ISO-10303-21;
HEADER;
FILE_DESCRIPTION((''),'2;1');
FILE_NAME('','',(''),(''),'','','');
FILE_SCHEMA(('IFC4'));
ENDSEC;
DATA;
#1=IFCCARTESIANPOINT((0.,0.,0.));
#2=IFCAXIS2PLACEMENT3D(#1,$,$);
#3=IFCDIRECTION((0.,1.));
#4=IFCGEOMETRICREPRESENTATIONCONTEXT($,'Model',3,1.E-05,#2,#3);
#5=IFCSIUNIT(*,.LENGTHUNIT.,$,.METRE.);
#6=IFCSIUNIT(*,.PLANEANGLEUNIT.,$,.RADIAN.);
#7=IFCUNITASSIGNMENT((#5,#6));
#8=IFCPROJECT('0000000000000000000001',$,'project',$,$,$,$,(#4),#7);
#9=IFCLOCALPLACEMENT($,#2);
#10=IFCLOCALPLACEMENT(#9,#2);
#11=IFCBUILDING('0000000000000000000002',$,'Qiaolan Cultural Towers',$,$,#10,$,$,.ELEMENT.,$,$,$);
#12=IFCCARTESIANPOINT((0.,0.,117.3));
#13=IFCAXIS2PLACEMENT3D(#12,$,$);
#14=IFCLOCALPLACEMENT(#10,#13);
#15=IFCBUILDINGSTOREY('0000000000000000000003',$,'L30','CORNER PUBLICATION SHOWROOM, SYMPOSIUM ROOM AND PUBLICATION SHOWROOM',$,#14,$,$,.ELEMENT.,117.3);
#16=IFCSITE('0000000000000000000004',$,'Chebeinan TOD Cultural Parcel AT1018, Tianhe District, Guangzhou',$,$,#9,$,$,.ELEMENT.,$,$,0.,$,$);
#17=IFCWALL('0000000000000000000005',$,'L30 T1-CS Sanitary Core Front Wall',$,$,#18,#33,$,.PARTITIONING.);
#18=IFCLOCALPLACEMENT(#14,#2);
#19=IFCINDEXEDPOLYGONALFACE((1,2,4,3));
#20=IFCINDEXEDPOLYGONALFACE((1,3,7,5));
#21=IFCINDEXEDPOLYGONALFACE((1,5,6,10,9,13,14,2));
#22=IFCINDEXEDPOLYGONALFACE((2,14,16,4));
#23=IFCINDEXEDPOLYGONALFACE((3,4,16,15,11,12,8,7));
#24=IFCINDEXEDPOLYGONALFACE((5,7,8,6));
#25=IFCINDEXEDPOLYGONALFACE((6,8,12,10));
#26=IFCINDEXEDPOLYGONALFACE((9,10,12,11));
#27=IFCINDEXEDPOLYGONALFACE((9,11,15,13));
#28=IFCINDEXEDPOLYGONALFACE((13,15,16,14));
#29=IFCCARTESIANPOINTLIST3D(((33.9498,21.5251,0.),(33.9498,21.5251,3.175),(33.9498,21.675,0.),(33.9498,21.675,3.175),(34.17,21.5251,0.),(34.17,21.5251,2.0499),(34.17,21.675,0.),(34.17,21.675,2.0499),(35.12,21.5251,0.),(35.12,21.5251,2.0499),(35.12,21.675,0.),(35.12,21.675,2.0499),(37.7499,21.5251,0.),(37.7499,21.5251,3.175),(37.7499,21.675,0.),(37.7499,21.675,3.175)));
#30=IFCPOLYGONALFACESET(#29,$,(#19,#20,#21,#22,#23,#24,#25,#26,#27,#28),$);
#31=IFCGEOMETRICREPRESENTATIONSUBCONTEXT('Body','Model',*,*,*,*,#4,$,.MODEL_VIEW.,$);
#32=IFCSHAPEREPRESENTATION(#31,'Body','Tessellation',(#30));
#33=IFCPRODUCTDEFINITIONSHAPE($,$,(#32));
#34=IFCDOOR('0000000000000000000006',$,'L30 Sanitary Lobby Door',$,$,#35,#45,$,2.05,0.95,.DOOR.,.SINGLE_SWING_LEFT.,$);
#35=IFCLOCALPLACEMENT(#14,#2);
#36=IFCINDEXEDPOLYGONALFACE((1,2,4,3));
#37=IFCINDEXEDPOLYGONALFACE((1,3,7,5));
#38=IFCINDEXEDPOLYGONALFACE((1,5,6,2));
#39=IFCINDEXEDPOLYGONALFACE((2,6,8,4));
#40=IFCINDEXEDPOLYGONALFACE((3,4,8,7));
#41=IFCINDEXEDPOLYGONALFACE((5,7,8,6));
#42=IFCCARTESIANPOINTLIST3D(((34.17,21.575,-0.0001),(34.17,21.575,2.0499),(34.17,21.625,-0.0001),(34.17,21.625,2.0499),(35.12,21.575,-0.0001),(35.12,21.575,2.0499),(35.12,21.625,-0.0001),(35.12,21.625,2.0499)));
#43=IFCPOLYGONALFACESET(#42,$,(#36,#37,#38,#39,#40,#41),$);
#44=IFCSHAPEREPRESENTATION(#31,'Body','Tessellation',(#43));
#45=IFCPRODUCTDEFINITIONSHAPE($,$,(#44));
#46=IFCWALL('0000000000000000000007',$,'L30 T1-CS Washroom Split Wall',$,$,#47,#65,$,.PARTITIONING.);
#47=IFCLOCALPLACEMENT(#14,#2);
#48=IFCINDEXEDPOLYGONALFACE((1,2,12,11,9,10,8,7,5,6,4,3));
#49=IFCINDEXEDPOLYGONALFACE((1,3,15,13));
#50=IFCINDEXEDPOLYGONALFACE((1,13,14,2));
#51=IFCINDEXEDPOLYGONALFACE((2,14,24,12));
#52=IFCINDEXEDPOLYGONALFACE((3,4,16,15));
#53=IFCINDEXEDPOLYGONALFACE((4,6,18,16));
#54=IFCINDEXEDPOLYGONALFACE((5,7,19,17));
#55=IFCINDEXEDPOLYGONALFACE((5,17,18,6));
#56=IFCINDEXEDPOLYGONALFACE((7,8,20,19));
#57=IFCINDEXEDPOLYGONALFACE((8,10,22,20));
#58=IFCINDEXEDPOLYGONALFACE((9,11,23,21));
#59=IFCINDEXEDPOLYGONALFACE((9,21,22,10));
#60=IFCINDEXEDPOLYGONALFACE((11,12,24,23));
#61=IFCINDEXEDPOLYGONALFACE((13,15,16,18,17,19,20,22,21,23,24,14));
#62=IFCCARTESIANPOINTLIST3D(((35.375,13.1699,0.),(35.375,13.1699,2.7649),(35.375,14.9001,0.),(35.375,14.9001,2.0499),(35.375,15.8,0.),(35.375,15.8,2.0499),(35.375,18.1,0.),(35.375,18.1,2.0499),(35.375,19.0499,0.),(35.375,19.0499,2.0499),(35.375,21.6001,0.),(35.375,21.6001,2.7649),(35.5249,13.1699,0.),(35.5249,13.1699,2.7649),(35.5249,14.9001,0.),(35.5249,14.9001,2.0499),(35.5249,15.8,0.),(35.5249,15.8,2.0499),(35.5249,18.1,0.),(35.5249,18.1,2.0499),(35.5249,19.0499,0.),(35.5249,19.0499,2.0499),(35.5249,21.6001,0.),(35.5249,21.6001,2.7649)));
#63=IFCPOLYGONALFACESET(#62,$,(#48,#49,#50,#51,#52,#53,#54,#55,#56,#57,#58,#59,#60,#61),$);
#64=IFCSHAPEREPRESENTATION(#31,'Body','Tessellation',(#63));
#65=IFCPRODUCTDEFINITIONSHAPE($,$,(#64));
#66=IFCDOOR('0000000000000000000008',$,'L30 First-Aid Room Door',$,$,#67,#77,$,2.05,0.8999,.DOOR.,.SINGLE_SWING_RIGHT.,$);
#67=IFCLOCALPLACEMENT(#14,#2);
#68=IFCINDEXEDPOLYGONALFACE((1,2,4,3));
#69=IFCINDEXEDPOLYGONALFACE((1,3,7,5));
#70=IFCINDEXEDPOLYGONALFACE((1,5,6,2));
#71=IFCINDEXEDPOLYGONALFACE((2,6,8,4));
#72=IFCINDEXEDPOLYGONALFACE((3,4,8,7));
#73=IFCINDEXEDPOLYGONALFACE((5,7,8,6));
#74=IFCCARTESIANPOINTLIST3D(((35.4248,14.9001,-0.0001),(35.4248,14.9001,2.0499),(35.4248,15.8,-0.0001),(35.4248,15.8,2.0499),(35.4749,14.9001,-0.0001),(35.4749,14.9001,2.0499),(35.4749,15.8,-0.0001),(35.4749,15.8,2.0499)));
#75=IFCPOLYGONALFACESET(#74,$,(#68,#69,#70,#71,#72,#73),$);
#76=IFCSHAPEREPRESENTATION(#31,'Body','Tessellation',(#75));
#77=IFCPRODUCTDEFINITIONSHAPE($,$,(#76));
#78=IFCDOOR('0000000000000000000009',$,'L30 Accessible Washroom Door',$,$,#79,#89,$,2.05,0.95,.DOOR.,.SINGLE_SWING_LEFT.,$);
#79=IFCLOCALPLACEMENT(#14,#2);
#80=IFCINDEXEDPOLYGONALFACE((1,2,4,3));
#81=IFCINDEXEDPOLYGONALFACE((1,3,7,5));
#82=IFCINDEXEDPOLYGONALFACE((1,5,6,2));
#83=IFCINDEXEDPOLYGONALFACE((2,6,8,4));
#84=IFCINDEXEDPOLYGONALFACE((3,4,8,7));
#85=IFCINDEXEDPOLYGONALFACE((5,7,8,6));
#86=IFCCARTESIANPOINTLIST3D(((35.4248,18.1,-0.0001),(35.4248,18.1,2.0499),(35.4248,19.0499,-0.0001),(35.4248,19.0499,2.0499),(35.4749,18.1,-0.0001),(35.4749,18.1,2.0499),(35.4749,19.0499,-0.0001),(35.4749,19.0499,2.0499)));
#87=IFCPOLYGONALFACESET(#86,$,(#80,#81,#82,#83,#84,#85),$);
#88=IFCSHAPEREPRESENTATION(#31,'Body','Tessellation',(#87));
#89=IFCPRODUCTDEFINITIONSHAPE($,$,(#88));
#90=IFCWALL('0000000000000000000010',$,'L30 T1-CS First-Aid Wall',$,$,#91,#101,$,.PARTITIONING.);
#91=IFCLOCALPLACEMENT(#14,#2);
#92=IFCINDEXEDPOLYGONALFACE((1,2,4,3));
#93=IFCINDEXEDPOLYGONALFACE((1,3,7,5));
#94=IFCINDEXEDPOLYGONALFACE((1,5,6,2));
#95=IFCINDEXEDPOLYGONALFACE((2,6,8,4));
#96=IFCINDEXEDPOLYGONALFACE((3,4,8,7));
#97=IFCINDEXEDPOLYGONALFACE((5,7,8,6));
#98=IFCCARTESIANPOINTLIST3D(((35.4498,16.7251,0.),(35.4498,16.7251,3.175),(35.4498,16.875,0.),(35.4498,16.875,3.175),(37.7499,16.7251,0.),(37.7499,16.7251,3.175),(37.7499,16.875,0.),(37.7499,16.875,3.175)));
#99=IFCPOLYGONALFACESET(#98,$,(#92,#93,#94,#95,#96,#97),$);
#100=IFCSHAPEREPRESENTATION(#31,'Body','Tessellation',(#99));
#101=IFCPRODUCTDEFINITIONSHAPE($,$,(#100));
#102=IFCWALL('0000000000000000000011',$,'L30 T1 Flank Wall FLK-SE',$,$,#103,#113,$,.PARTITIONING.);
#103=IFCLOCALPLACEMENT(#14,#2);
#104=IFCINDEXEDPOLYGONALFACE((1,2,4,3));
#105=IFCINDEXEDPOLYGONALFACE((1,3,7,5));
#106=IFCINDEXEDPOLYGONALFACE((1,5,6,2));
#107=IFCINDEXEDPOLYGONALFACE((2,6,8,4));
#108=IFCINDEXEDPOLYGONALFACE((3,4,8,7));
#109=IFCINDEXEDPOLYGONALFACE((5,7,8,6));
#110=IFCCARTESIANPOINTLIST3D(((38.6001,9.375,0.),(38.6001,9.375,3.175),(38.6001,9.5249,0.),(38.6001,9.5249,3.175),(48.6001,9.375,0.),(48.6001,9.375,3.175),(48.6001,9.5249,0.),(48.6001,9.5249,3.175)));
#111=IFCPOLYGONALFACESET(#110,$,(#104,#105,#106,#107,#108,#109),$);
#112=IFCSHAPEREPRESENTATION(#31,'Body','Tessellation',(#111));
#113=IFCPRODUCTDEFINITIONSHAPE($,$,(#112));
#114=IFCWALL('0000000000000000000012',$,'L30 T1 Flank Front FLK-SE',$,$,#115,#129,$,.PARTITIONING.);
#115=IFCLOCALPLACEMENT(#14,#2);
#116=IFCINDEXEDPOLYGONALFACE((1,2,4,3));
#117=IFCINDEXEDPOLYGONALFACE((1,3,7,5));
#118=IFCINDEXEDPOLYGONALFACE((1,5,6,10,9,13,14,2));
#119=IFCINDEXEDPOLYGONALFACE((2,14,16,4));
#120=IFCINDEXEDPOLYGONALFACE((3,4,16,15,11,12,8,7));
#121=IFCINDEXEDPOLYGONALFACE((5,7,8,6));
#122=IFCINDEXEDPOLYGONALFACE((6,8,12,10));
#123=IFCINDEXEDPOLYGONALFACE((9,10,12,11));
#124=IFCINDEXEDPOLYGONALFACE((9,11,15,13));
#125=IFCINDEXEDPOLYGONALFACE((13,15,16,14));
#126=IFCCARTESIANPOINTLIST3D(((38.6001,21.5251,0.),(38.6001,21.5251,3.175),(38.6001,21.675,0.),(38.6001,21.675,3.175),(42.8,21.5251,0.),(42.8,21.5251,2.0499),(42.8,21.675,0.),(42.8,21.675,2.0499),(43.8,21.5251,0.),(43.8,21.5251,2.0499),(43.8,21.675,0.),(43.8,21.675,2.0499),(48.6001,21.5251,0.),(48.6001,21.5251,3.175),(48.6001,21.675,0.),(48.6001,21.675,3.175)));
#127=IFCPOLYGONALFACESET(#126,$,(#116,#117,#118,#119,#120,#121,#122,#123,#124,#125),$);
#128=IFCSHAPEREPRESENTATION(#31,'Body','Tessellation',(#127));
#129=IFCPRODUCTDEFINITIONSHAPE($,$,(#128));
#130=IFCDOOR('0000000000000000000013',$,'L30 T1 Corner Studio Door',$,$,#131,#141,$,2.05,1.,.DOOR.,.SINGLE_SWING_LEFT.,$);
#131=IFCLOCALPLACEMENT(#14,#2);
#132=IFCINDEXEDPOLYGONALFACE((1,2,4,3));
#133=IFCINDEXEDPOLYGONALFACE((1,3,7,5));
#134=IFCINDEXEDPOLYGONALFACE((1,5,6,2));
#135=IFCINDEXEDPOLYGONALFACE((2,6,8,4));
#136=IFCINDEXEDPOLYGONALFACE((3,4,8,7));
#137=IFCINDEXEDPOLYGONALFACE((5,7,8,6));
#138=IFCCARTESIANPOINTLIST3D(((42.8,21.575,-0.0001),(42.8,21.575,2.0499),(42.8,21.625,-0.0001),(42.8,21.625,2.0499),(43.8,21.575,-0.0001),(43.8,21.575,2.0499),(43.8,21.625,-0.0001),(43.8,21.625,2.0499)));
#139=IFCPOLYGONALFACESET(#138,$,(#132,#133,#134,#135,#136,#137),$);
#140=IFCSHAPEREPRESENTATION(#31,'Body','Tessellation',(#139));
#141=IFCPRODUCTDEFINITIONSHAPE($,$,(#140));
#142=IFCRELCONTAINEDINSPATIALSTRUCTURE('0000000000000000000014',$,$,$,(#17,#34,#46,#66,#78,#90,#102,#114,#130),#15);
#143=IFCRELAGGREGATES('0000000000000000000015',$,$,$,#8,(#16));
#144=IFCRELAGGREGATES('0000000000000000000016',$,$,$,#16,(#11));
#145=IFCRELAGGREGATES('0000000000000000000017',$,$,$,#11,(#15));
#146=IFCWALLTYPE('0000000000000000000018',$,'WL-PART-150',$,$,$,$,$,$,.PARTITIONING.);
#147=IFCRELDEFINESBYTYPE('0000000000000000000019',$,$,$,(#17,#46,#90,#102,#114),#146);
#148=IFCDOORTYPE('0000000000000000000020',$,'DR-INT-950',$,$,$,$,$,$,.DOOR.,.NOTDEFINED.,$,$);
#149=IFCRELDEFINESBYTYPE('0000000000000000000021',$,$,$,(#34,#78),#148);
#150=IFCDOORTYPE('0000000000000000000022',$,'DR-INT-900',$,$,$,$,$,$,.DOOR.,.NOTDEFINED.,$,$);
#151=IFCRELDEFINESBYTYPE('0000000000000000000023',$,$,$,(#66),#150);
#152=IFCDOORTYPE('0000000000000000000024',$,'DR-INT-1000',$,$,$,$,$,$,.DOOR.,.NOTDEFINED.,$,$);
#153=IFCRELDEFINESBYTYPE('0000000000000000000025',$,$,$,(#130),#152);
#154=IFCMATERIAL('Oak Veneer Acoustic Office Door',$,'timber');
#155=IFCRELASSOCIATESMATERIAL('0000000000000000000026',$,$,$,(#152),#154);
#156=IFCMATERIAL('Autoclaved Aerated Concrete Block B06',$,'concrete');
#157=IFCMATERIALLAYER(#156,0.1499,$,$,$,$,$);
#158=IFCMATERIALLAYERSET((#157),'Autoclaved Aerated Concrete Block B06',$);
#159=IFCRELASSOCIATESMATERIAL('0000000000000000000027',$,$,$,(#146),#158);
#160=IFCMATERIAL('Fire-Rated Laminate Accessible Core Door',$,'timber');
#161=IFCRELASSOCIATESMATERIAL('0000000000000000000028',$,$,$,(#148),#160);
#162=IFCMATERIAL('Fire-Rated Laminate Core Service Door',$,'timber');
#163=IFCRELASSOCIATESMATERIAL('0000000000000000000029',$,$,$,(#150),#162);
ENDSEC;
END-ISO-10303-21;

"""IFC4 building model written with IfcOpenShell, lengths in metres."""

from ifc_helpers import new_model, si_unit, direction, frame, frame_2d, origin, place, context, subcontext, project, spatial, rectangle, extrude, material, layer, layer_set, type_object, element, fill, save


model = new_model("IFC4")

# Units and contexts
model_context = context("Model", 3, precision=1e-05, world=origin(), true_north=direction((0.0, 1.0)))
body_context = subcontext(model_context, "Body", "Model", "MODEL_VIEW")
ifc_project = project(units=[si_unit("LENGTHUNIT", "METRE"), si_unit("PLANEANGLEUNIT", "RADIAN")], contexts=[model_context])

# Site, building, storey
site_placement = place(None, origin())
site = spatial("IfcSite", under=ifc_project, at=site_placement, Name="Chebeinan TOD Cultural Parcel AT1018, Tianhe District, Guangzhou", CompositionType="ELEMENT", RefElevation=0.0)
building_placement = place(site_placement, origin())
building = spatial("IfcBuilding", under=site, at=building_placement, Name="Qiaolan Cultural Towers", CompositionType="ELEMENT")
storey_placement = place(building_placement, frame((0.0, 0.0, 117.3)))
storey = spatial("IfcBuildingStorey", under=building, at=storey_placement, Name="L30", Description="CORNER PUBLICATION SHOWROOM, SYMPOSIUM ROOM AND PUBLICATION SHOWROOM", CompositionType="ELEMENT", Elevation=117.3)

# Shared definitions
ifc_material_1 = material(Name="Oak Veneer Acoustic Office Door", Category="timber")
door_type_1 = type_object("IfcDoorType", Name="DR-INT-1000", OperationType="NOTDEFINED", PredefinedType="DOOR", material=ifc_material_1)

# Wall, opening, door
ifc_material_2 = material(Name="Autoclaved Aerated Concrete Block B06", Category="concrete")
ifc_layer_1 = layer(ifc_material_2, 0.1499)
ifc_layer_set_1 = layer_set([ifc_layer_1], Name="Autoclaved Aerated Concrete Block B06")
wall_type_1 = type_object("IfcWallType", Name="WL-PART-150", PredefinedType="PARTITIONING", material=ifc_layer_set_1)
wall_1_placement = place(storey_placement, frame((33.95, 21.6001, 0.0), z_axis=(0.0, 0.0, 1.0), x_axis=(1.0, 0.0, 0.0)))
wall_1 = element("IfcWall", 1, at=wall_1_placement, inside=storey, type_object=wall_type_1, Name="L30 T1-CS Sanitary Core Front Wall", PredefinedType="PARTITIONING", context=body_context, shape_type="SweptSolid", body=[
    extrude(rectangle(XDim=3.8, YDim=0.1499, at=frame_2d((1.8999, 0.0))), origin(), (0.0, 0.0, 1.0), 3.175),
])
opening_1_placement = place(wall_1_placement, frame((0.22, 0.0, 0.0)))
opening_1 = element("IfcOpeningElement", 2, at=opening_1_placement, cuts=wall_1, PredefinedType="OPENING", context=body_context, shape_type="SweptSolid", body=[
    extrude(rectangle(XDim=0.95, YDim=2.05, at=frame_2d((0.4751, 1.0249))), frame((0.0, 0.085, 0.0), z_axis=(0.0, -1.0, 0.0), x_axis=(1.0, 0.0, 0.0)), (0.0, 0.0, 1.0), 0.1699),
])
ifc_material_3 = material(Name="Fire-Rated Laminate Accessible Core Door", Category="timber")
door_type_2 = type_object("IfcDoorType", Name="DR-INT-950", OperationType="NOTDEFINED", PredefinedType="DOOR", material=ifc_material_3)
door_1_placement = place(opening_1_placement, origin())
door_1 = element("IfcDoor", 3, at=door_1_placement, inside=storey, type_object=door_type_2, Name="L30 Sanitary Lobby Door", OperationType="SINGLE_SWING_LEFT", OverallHeight=2.05, OverallWidth=0.95, PredefinedType="DOOR", context=body_context, shape_type="SweptSolid", body=[
    extrude(rectangle(XDim=0.95, YDim=2.05, at=frame_2d((0.4751, 1.0249))), frame((0.0, 0.0249, 0.0), z_axis=(0.0, -1.0, 0.0), x_axis=(1.0, 0.0, 0.0)), (0.0, 0.0, 1.0), 0.05),
])
fill(opening_1, door_1)

# Wall, openings, doors
wall_2_placement = place(storey_placement, frame((35.45, 21.6001, 0.0), z_axis=(0.0, 0.0, 1.0), x_axis=(0.0, -1.0, 0.0)))
wall_2 = element("IfcWall", 4, at=wall_2_placement, inside=storey, type_object=wall_type_1, Name="L30 T1-CS Washroom Split Wall", PredefinedType="PARTITIONING", context=body_context, shape_type="SweptSolid", body=[
    extrude(rectangle(XDim=8.4302, YDim=0.1499, at=frame_2d((4.2151, 0.0))), origin(), (0.0, 0.0, 1.0), 2.7649),
])
opening_2_placement = place(wall_2_placement, frame((2.55, 0.0, 0.0)))
opening_2 = element("IfcOpeningElement", 5, at=opening_2_placement, cuts=wall_2, PredefinedType="OPENING", context=body_context, shape_type="SweptSolid", body=[
    extrude(rectangle(XDim=0.95, YDim=2.05, at=frame_2d((0.4751, 1.0249))), frame((0.0, 0.085, 0.0), z_axis=(0.0, -1.0, 0.0), x_axis=(1.0, 0.0, 0.0)), (0.0, 0.0, 1.0), 0.1699),
])
opening_3_placement = place(wall_2_placement, frame((5.8, 0.0, 0.0)))
opening_3 = element("IfcOpeningElement", 6, at=opening_3_placement, cuts=wall_2, PredefinedType="OPENING", context=body_context, shape_type="SweptSolid", body=[
    extrude(rectangle(XDim=0.8999, YDim=2.05, at=frame_2d((0.45, 1.0249))), frame((0.0, 0.085, 0.0), z_axis=(0.0, -1.0, 0.0), x_axis=(1.0, 0.0, 0.0)), (0.0, 0.0, 1.0), 0.1699),
])
ifc_material_4 = material(Name="Fire-Rated Laminate Core Service Door", Category="timber")
door_type_3 = type_object("IfcDoorType", Name="DR-INT-900", OperationType="NOTDEFINED", PredefinedType="DOOR", material=ifc_material_4)
door_2_placement = place(opening_3_placement, origin())
door_2 = element("IfcDoor", 7, at=door_2_placement, inside=storey, type_object=door_type_3, Name="L30 First-Aid Room Door", OperationType="SINGLE_SWING_RIGHT", OverallHeight=2.05, OverallWidth=0.8999, PredefinedType="DOOR", context=body_context, shape_type="SweptSolid", body=[
    extrude(rectangle(XDim=0.8999, YDim=2.05, at=frame_2d((0.45, 1.0249))), frame((0.0, 0.0249, 0.0), z_axis=(0.0, -1.0, 0.0), x_axis=(1.0, 0.0, 0.0)), (0.0, 0.0, 1.0), 0.05),
])
fill(opening_3, door_2)
door_3_placement = place(opening_2_placement, origin())
door_3 = element("IfcDoor", 8, at=door_3_placement, inside=storey, type_object=door_type_2, Name="L30 Accessible Washroom Door", OperationType="SINGLE_SWING_LEFT", OverallHeight=2.05, OverallWidth=0.95, PredefinedType="DOOR", context=body_context, shape_type="SweptSolid", body=[
    extrude(rectangle(XDim=0.95, YDim=2.05, at=frame_2d((0.4751, 1.0249))), frame((0.0, 0.0249, 0.0), z_axis=(0.0, -1.0, 0.0), x_axis=(1.0, 0.0, 0.0)), (0.0, 0.0, 1.0), 0.05),
])
fill(opening_2, door_3)

# Walls
wall_3_placement = place(storey_placement, frame((35.45, 16.8, 0.0), z_axis=(0.0, 0.0, 1.0), x_axis=(1.0, 0.0, 0.0)))
element("IfcWall", 9, at=wall_3_placement, inside=storey, type_object=wall_type_1, Name="L30 T1-CS First-Aid Wall", PredefinedType="PARTITIONING", context=body_context, shape_type="SweptSolid", body=[
    extrude(rectangle(XDim=2.3, YDim=0.1499, at=frame_2d((1.1499, 0.0))), origin(), (0.0, 0.0, 1.0), 3.175),
])
wall_4_placement = place(storey_placement, frame((38.6001, 9.45, 0.0), z_axis=(0.0, 0.0, 1.0), x_axis=(1.0, 0.0, 0.0)))
element("IfcWall", 10, at=wall_4_placement, inside=storey, type_object=wall_type_1, Name="L30 T1 Flank Wall FLK-SE", PredefinedType="PARTITIONING", context=body_context, shape_type="SweptSolid", body=[
    extrude(rectangle(XDim=10.0, YDim=0.1499, at=frame_2d((5.0, 0.0))), origin(), (0.0, 0.0, 1.0), 3.175),
])

# Wall, opening, door
wall_5_placement = place(storey_placement, frame((38.6001, 21.6001, 0.0), z_axis=(0.0, 0.0, 1.0), x_axis=(1.0, 0.0, 0.0)))
wall_5 = element("IfcWall", 11, at=wall_5_placement, inside=storey, type_object=wall_type_1, Name="L30 T1 Flank Front FLK-SE", PredefinedType="PARTITIONING", context=body_context, shape_type="SweptSolid", body=[
    extrude(rectangle(XDim=10.0, YDim=0.1499, at=frame_2d((5.0, 0.0))), origin(), (0.0, 0.0, 1.0), 3.175),
])
opening_4_placement = place(wall_5_placement, frame((4.2, 0.0, 0.0)))
opening_4 = element("IfcOpeningElement", 12, at=opening_4_placement, cuts=wall_5, PredefinedType="OPENING", context=body_context, shape_type="SweptSolid", body=[
    extrude(rectangle(XDim=1.0, YDim=2.05, at=frame_2d((0.5, 1.0249))), frame((0.0, 0.085, 0.0), z_axis=(0.0, -1.0, 0.0), x_axis=(1.0, 0.0, 0.0)), (0.0, 0.0, 1.0), 0.1699),
])
door_4_placement = place(opening_4_placement, origin())
door_4 = element("IfcDoor", 13, at=door_4_placement, inside=storey, type_object=door_type_1, Name="L30 T1 Corner Studio Door", OperationType="SINGLE_SWING_LEFT", OverallHeight=2.05, OverallWidth=1.0, PredefinedType="DOOR", context=body_context, shape_type="SweptSolid", body=[
    extrude(rectangle(XDim=1.0, YDim=2.05, at=frame_2d((0.5, 1.0249))), frame((0.0, 0.0249, 0.0), z_axis=(0.0, -1.0, 0.0), x_axis=(1.0, 0.0, 0.0)), (0.0, 0.0, 1.0), 0.05),
])
fill(opening_4, door_4)

save(model, "model.ifc")
